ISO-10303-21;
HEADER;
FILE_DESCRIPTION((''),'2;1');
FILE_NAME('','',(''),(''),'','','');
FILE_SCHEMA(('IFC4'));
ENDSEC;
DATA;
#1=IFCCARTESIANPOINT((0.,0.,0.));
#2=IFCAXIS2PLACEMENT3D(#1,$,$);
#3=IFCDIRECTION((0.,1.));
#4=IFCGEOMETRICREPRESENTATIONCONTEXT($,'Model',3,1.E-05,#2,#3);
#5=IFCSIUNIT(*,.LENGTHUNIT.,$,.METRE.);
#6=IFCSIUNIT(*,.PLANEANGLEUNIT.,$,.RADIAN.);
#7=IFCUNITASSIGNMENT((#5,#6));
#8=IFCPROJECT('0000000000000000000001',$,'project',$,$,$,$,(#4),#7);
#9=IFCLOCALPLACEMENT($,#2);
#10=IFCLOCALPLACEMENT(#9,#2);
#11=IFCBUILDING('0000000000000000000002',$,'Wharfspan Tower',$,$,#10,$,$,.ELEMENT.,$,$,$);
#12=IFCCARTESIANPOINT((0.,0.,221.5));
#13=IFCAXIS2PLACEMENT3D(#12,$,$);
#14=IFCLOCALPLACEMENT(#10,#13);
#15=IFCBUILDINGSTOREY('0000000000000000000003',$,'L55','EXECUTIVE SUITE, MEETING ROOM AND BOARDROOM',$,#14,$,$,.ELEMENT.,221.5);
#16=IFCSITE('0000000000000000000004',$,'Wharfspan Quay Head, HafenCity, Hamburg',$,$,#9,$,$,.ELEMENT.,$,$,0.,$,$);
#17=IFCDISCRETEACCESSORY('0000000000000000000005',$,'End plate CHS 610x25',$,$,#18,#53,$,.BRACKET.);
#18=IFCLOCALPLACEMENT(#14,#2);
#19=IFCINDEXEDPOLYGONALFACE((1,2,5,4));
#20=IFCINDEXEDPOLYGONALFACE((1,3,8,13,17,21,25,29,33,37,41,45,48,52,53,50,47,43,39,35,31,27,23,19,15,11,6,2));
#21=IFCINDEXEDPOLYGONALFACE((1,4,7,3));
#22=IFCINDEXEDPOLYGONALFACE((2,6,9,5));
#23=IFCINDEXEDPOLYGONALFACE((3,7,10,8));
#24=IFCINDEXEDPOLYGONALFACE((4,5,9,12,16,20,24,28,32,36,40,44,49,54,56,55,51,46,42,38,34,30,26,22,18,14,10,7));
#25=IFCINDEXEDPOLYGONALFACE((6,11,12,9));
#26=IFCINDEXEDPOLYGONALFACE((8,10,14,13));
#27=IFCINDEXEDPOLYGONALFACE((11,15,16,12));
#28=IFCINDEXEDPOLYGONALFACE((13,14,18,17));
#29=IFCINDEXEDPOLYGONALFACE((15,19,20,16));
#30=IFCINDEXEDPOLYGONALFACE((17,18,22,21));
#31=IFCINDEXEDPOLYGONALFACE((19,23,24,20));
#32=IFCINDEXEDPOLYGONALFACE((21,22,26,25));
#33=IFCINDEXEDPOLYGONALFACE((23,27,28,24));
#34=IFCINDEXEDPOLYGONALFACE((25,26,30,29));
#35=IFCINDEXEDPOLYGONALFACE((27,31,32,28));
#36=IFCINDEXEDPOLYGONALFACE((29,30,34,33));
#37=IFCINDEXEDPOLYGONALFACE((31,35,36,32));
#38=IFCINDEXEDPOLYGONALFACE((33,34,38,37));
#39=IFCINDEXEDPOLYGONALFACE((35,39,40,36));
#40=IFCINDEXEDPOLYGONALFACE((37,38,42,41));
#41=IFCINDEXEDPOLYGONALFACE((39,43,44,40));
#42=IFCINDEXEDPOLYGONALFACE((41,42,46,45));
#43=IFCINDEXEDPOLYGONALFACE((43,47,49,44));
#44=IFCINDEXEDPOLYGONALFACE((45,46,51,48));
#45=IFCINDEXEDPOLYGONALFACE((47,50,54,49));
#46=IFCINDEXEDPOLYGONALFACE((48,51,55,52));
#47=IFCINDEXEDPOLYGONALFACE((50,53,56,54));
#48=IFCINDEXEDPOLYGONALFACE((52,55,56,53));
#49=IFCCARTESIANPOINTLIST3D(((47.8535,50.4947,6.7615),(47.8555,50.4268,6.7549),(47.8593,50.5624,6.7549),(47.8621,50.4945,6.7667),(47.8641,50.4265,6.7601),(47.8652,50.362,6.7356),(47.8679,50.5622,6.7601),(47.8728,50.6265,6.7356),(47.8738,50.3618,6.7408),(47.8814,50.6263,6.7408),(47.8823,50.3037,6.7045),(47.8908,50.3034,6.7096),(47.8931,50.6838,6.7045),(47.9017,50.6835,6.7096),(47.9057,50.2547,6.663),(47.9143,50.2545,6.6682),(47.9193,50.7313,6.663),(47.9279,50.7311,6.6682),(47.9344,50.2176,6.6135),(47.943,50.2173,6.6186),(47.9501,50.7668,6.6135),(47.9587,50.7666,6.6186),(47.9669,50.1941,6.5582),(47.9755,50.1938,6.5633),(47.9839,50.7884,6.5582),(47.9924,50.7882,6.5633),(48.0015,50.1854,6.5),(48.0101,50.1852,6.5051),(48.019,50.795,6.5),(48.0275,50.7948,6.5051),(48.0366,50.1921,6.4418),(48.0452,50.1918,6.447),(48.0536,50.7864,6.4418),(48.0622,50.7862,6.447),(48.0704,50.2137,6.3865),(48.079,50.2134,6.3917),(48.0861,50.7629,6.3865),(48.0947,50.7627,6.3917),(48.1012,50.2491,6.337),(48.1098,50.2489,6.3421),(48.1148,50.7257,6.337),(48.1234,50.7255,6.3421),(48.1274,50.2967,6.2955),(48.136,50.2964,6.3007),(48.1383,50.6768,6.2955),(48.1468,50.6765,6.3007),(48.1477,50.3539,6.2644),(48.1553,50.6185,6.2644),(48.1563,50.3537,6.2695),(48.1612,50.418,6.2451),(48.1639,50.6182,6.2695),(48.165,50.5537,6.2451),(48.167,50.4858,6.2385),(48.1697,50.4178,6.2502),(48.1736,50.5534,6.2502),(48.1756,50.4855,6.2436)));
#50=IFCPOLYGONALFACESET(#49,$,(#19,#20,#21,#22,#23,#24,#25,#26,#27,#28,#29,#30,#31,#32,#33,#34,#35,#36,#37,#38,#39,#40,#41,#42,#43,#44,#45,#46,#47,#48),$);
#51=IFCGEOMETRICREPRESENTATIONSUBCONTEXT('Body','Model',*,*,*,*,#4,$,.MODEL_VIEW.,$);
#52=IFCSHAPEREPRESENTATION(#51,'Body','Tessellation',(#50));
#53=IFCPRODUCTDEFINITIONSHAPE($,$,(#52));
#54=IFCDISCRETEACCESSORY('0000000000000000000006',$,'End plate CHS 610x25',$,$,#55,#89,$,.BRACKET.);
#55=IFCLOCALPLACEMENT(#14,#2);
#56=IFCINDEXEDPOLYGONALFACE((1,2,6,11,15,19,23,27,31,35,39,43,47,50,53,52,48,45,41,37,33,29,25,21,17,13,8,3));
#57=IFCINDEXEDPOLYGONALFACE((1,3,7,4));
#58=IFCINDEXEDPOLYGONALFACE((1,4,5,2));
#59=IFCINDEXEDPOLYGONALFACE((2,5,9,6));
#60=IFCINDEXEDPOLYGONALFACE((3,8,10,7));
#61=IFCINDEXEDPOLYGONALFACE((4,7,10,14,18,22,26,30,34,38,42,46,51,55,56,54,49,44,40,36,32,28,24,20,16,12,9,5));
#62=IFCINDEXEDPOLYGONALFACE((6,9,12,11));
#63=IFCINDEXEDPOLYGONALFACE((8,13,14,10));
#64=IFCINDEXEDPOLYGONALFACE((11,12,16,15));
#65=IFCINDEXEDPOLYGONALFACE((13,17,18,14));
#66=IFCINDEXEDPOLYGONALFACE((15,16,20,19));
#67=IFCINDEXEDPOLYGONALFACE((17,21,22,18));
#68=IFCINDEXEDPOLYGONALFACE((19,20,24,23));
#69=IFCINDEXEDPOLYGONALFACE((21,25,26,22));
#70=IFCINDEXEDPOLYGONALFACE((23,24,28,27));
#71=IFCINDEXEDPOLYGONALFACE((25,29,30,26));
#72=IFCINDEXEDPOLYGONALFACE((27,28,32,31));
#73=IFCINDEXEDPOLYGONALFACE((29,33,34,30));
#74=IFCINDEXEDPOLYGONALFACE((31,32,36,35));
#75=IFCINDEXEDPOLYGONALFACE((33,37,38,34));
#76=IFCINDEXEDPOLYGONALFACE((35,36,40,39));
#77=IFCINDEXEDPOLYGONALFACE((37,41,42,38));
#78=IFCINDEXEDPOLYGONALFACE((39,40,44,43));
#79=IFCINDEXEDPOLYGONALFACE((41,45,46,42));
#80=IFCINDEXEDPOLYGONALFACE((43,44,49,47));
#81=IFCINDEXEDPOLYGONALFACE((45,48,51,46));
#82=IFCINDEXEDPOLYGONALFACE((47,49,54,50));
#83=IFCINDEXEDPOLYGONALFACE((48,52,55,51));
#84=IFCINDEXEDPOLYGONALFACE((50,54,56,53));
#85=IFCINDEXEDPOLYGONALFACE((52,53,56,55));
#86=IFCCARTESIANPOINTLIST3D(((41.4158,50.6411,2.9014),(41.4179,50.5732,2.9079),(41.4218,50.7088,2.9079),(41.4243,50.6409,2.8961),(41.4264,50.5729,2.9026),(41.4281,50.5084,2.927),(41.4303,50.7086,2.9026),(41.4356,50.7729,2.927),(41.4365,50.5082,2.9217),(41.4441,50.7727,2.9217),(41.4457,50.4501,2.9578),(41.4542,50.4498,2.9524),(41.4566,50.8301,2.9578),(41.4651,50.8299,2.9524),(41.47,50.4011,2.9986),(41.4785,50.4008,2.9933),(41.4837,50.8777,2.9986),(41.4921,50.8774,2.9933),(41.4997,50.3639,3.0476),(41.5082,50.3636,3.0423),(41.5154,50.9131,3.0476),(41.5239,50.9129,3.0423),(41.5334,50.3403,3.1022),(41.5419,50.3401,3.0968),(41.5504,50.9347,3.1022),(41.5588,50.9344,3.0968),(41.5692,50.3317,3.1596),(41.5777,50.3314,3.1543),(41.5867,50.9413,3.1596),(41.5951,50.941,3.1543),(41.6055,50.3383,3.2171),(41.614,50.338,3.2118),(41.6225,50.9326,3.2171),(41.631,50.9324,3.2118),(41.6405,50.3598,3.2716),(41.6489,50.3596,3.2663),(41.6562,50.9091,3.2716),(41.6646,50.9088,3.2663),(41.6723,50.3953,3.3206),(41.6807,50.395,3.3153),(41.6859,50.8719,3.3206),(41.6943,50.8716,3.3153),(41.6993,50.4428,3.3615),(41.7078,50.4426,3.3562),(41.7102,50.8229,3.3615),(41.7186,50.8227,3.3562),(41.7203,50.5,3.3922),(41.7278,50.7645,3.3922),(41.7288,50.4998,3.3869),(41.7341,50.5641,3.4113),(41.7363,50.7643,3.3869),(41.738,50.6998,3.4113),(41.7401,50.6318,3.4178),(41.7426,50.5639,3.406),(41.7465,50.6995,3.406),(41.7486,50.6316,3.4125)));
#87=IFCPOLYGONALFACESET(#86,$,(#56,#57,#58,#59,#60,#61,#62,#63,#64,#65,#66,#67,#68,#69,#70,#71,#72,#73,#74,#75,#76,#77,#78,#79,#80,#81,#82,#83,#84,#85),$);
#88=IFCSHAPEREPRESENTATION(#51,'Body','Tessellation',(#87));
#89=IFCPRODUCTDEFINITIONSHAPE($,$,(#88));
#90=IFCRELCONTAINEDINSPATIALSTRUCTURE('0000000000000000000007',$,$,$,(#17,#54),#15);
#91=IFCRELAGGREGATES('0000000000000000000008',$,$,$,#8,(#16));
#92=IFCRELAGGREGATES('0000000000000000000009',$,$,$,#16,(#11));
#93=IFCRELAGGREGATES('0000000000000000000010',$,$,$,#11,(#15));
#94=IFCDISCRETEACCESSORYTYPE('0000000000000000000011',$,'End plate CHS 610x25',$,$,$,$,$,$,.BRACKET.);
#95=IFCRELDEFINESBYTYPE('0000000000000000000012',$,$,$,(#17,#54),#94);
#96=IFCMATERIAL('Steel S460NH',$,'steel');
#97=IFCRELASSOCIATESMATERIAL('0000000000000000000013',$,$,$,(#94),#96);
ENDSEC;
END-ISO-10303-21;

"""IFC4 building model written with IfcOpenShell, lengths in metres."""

from ifc_helpers import new_model, si_unit, direction, frame, origin, origin_2d, place, context, subcontext, project, spatial, circle, extrude, material, material_profile, profile_set, type_object, element, save


model = new_model("IFC4")

# Units and contexts
model_context = context("Model", 3, precision=1e-05, world=origin(), true_north=direction((0.0, 1.0)))
body_context = subcontext(model_context, "Body", "Model", "MODEL_VIEW")
ifc_project = project(units=[si_unit("LENGTHUNIT", "METRE"), si_unit("PLANEANGLEUNIT", "RADIAN")], contexts=[model_context])

# Site, building, storey
site_placement = place(None, origin())
site = spatial("IfcSite", under=ifc_project, at=site_placement, Name="Wharfspan Quay Head, HafenCity, Hamburg", CompositionType="ELEMENT", RefElevation=0.0)
building_placement = place(site_placement, origin())
building = spatial("IfcBuilding", under=site, at=building_placement, Name="Wharfspan Tower", CompositionType="ELEMENT")
storey_placement = place(building_placement, frame((0.0, 0.0, 221.5)))
storey = spatial("IfcBuildingStorey", under=building, at=storey_placement, Name="L55", Description="EXECUTIVE SUITE, MEETING ROOM AND BOARDROOM", CompositionType="ELEMENT", Elevation=221.5)

# Shared definitions
ifc_material_1 = material(Name="Steel S460NH", Category="steel")

# Discrete accessories
ifc_material_profile_1 = material_profile(ifc_material_1, circle(Radius=0.3049, at=origin_2d()))
ifc_profile_set_1 = profile_set([ifc_material_profile_1], Name="Steel S460NH")
discrete_accessory_type = type_object("IfcDiscreteAccessoryType", Name="End plate CHS 610x25", PredefinedType="BRACKET", material=ifc_profile_set_1)
for number, where, z_axis, x_axis, name in (
    (1, (48.0103, 50.4902, 6.5), (0.857236, -0.024492, 0.514341), (0.028558, 0.999591, 0.000002), "End plate CHS 610x25"),
    (2, (41.5864, 50.6362, 3.1543), (-0.846389, 0.024183, 0.532016), (-0.028561, -0.999594, -0.000001), "End plate CHS 610x25"),
):
    element("IfcDiscreteAccessory", number, at=place(storey_placement, frame(where, z_axis=z_axis, x_axis=x_axis)), inside=storey, type_object=discrete_accessory_type, Name=name, PredefinedType="BRACKET", context=body_context, shape_type="SweptSolid", body=[
        extrude(circle(Radius=0.3049, at=origin_2d()), origin(), (0.0, 0.0, 1.0), 0.01),
    ])

save(model, "model.ifc")
